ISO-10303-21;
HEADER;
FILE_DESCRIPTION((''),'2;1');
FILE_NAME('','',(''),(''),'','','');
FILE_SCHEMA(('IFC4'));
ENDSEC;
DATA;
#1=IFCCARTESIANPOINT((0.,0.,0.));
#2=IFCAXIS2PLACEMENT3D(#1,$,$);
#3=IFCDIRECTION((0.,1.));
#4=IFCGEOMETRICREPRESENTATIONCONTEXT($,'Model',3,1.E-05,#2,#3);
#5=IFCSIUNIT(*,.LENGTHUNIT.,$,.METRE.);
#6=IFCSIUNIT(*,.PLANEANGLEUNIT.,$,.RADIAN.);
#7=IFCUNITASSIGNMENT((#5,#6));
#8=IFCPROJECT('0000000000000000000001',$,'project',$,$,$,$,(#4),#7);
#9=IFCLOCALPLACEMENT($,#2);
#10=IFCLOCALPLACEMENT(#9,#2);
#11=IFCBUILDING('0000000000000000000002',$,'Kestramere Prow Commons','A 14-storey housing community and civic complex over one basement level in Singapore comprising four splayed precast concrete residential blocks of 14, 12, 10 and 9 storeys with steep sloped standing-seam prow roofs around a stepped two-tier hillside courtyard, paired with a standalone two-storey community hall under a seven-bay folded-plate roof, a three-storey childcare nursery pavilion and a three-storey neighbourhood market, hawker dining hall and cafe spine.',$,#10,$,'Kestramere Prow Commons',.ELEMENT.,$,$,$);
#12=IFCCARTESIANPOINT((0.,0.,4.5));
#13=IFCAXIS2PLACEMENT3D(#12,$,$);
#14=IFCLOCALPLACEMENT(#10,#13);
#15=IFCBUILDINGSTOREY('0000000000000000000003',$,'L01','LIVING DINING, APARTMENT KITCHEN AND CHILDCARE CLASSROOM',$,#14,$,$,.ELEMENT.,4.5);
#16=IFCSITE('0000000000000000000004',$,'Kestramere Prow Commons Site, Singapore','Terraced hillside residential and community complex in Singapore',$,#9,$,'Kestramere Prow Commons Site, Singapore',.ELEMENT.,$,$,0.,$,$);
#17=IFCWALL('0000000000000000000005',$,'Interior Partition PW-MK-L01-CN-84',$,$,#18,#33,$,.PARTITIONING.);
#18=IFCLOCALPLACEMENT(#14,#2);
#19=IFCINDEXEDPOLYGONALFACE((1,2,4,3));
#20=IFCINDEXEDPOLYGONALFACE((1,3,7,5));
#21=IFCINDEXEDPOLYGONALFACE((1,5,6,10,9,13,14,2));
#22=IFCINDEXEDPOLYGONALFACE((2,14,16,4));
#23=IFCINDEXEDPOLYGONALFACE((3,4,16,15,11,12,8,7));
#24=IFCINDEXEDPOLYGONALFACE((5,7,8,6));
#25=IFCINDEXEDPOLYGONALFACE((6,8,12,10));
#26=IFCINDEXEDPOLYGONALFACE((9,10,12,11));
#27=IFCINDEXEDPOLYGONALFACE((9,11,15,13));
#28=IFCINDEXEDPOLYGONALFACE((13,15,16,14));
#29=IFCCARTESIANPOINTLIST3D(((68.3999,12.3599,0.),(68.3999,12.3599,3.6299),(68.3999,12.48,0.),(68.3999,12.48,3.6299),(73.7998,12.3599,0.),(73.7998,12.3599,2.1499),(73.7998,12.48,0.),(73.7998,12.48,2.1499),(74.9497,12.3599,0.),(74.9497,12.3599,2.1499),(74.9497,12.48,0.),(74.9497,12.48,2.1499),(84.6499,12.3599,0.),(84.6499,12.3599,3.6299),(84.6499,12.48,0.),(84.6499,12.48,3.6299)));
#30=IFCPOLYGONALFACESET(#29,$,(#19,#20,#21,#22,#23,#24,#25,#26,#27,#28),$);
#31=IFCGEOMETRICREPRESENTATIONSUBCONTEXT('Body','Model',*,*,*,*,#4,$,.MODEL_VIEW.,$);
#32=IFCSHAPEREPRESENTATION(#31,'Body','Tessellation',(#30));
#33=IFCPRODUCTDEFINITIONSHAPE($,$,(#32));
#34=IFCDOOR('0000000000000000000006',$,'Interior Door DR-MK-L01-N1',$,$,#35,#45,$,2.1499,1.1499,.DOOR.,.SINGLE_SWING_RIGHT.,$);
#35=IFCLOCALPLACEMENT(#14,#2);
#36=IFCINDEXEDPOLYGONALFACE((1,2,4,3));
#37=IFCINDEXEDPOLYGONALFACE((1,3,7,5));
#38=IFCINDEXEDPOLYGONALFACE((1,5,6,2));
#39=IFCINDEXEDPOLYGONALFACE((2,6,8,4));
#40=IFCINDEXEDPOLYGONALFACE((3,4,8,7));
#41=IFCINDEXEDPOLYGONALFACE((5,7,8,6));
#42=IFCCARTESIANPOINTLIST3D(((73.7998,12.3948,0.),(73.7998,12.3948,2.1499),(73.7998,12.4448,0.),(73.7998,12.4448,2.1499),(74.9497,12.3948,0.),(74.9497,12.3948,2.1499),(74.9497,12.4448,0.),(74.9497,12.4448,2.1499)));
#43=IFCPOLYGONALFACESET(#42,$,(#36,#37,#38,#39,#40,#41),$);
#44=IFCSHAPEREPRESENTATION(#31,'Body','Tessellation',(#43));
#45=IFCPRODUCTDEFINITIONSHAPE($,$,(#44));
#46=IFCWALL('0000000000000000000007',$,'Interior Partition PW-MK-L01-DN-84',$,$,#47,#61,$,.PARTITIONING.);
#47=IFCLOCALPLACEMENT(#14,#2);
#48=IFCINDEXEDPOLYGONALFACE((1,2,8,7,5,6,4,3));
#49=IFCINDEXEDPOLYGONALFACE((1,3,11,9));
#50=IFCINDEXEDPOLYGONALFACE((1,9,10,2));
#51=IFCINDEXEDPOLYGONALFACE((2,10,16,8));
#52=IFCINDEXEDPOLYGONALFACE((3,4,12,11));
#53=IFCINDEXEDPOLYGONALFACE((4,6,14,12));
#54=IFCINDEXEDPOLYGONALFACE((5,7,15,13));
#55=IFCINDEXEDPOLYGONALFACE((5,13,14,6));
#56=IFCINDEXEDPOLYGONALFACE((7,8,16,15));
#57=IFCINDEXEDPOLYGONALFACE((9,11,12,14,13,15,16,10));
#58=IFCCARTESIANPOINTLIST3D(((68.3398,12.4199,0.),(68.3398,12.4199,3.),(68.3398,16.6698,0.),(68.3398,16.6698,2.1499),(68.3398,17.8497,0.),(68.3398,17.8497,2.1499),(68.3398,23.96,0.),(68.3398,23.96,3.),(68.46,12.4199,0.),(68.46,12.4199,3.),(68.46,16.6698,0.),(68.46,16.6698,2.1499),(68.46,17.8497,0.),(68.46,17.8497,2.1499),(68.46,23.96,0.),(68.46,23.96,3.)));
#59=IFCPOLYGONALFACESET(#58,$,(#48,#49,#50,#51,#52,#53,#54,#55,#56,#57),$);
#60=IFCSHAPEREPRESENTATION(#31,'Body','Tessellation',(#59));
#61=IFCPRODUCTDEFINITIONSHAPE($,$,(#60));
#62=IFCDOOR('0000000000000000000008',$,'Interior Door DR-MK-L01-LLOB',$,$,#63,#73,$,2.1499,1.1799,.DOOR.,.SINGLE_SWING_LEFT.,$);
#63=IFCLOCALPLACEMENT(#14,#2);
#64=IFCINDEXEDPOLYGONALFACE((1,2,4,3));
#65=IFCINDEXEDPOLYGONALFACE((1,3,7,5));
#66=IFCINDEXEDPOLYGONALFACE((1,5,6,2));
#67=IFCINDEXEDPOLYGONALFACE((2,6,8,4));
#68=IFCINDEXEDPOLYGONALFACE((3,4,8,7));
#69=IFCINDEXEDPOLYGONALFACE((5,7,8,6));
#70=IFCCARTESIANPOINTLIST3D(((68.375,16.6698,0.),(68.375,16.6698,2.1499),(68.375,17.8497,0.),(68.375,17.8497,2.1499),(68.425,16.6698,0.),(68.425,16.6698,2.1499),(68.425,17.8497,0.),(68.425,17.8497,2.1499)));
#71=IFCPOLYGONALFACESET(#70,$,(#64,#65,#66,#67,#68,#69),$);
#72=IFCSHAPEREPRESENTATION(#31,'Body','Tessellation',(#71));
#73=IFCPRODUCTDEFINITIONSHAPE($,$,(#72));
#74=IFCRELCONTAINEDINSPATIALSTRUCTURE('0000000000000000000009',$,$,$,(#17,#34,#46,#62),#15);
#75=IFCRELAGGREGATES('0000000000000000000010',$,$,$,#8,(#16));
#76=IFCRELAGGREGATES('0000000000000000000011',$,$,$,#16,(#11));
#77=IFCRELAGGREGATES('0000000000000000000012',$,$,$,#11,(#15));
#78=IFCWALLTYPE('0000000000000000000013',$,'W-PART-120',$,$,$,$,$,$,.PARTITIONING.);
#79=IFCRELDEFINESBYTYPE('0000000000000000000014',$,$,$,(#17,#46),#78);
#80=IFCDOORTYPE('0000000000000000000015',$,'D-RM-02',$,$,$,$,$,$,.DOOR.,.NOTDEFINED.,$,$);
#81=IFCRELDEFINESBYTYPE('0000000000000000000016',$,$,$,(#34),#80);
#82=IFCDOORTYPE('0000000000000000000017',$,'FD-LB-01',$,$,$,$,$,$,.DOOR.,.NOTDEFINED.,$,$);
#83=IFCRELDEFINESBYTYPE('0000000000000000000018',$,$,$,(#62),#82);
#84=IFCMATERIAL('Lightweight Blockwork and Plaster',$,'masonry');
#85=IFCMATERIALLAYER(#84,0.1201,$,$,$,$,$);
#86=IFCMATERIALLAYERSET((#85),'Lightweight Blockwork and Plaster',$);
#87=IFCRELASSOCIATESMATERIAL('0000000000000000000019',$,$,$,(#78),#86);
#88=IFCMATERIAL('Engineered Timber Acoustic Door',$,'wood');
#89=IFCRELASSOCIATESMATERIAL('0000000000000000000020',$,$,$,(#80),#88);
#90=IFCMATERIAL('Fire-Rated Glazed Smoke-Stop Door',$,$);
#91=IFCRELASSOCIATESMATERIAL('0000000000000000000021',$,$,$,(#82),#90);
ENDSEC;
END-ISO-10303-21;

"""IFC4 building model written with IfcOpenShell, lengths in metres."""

from ifc_helpers import new_model, si_unit, direction, frame, frame_2d, origin, place, context, subcontext, project, spatial, rectangle, extrude, material, layer, layer_set, type_object, element, fill, save


model = new_model("IFC4")

# Units and contexts
model_context = context("Model", 3, precision=1e-05, world=origin(), true_north=direction((0.0, 1.0)))
body_context = subcontext(model_context, "Body", "Model", "MODEL_VIEW")
ifc_project = project(units=[si_unit("LENGTHUNIT", "METRE"), si_unit("PLANEANGLEUNIT", "RADIAN")], contexts=[model_context])

# Site, building, storey
site_placement = place(None, origin())
site = spatial("IfcSite", under=ifc_project, at=site_placement, Name="Kestramere Prow Commons Site, Singapore", Description="Terraced hillside residential and community complex in Singapore", LongName="Kestramere Prow Commons Site, Singapore", CompositionType="ELEMENT", RefElevation=0.0)
building_placement = place(site_placement, origin())
building = spatial("IfcBuilding", under=site, at=building_placement, Name="Kestramere Prow Commons", Description="A 14-storey housing community and civic complex over one basement level in Singapore comprising four splayed precast concrete residential blocks of 14, 12, 10 and 9 storeys with steep sloped standing-seam prow roofs around a stepped two-tier hillside courtyard, paired with a standalone two-storey community hall under a seven-bay folded-plate roof, a three-storey childcare nursery pavilion and a three-storey neighbourhood market, hawker dining hall and cafe spine.", LongName="Kestramere Prow Commons", CompositionType="ELEMENT")
storey_placement = place(building_placement, frame((0.0, 0.0, 4.5)))
storey = spatial("IfcBuildingStorey", under=building, at=storey_placement, Name="L01", Description="LIVING DINING, APARTMENT KITCHEN AND CHILDCARE CLASSROOM", CompositionType="ELEMENT", Elevation=4.5)

# Walls, openings, doors
ifc_material_1 = material(Name="Lightweight Blockwork and Plaster", Category="masonry")
ifc_layer_1 = layer(ifc_material_1, 0.1201)
ifc_layer_set_1 = layer_set([ifc_layer_1], Name="Lightweight Blockwork and Plaster")
wall_type = type_object("IfcWallType", Name="W-PART-120", PredefinedType="PARTITIONING", material=ifc_layer_set_1)
wall_1_placement = place(storey_placement, frame((68.3999, 12.4199, 0.0), z_axis=(0.0, 0.0, 1.0), x_axis=(1.0, 0.0, 0.0)))
wall_1 = element("IfcWall", 1, at=wall_1_placement, inside=storey, type_object=wall_type, Name="Interior Partition PW-MK-L01-CN-84", PredefinedType="PARTITIONING", context=body_context, shape_type="SweptSolid", body=[
    extrude(rectangle(XDim=16.25, YDim=0.1201, at=frame_2d((8.125, 0.0))), origin(), (0.0, 0.0, 1.0), 3.6299),
])
opening_1_placement = place(wall_1_placement, frame((5.3999, 0.0, 0.0)))
opening_1 = element("IfcOpeningElement", 2, at=opening_1_placement, cuts=wall_1, PredefinedType="OPENING", context=body_context, shape_type="SweptSolid", body=[
    extrude(rectangle(XDim=1.1499, YDim=2.1499, at=frame_2d((0.575, 1.075))), frame((0.0, 0.075, 0.0), z_axis=(0.0, -1.0, 0.0), x_axis=(1.0, 0.0, 0.0)), (0.0, 0.0, 1.0), 0.1501),
])
ifc_material_2 = material(Name="Engineered Timber Acoustic Door", Category="wood")
door_type_1 = type_object("IfcDoorType", Name="D-RM-02", OperationType="NOTDEFINED", PredefinedType="DOOR", material=ifc_material_2)
door_1_placement = place(opening_1_placement, origin())
door_1 = element("IfcDoor", 3, at=door_1_placement, inside=storey, type_object=door_type_1, Name="Interior Door DR-MK-L01-N1", OperationType="SINGLE_SWING_RIGHT", OverallHeight=2.1499, OverallWidth=1.1499, PredefinedType="DOOR", context=body_context, shape_type="SweptSolid", body=[
    extrude(rectangle(XDim=1.1499, YDim=2.1499, at=frame_2d((0.575, 1.075))), frame((0.0, 0.0249, 0.0), z_axis=(0.0, -1.0, 0.0), x_axis=(1.0, 0.0, 0.0)), (0.0, 0.0, 1.0), 0.05),
])
fill(opening_1, door_1)
wall_2_placement = place(storey_placement, frame((68.3999, 12.4199, 0.0), z_axis=(0.0, 0.0, 1.0), x_axis=(0.0, 1.0, 0.0)))
wall_2 = element("IfcWall", 4, at=wall_2_placement, inside=storey, type_object=wall_type, Name="Interior Partition PW-MK-L01-DN-84", PredefinedType="PARTITIONING", context=body_context, shape_type="SweptSolid", body=[
    extrude(rectangle(XDim=11.54, YDim=0.1201, at=frame_2d((5.77, 0.0))), origin(), (0.0, 0.0, 1.0), 3.0),
])
opening_2_placement = place(wall_2_placement, frame((4.25, 0.0, 0.0)))
opening_2 = element("IfcOpeningElement", 5, at=opening_2_placement, cuts=wall_2, PredefinedType="OPENING", context=body_context, shape_type="SweptSolid", body=[
    extrude(rectangle(XDim=1.1799, YDim=2.1499, at=frame_2d((0.5898, 1.075))), frame((0.0, 0.075, 0.0), z_axis=(0.0, -1.0, 0.0), x_axis=(1.0, 0.0, 0.0)), (0.0, 0.0, 1.0), 0.1501),
])
ifc_material_3 = material(Name="Fire-Rated Glazed Smoke-Stop Door")
door_type_2 = type_object("IfcDoorType", Name="FD-LB-01", OperationType="NOTDEFINED", PredefinedType="DOOR", material=ifc_material_3)
door_2_placement = place(opening_2_placement, origin())
door_2 = element("IfcDoor", 6, at=door_2_placement, inside=storey, type_object=door_type_2, Name="Interior Door DR-MK-L01-LLOB", OperationType="SINGLE_SWING_LEFT", OverallHeight=2.1499, OverallWidth=1.1799, PredefinedType="DOOR", context=body_context, shape_type="SweptSolid", body=[
    extrude(rectangle(XDim=1.1799, YDim=2.1499, at=frame_2d((0.5898, 1.075))), frame((0.0, 0.0249, 0.0), z_axis=(0.0, -1.0, 0.0), x_axis=(1.0, 0.0, 0.0)), (0.0, 0.0, 1.0), 0.05),
])
fill(opening_2, door_2)

save(model, "model.ifc")
